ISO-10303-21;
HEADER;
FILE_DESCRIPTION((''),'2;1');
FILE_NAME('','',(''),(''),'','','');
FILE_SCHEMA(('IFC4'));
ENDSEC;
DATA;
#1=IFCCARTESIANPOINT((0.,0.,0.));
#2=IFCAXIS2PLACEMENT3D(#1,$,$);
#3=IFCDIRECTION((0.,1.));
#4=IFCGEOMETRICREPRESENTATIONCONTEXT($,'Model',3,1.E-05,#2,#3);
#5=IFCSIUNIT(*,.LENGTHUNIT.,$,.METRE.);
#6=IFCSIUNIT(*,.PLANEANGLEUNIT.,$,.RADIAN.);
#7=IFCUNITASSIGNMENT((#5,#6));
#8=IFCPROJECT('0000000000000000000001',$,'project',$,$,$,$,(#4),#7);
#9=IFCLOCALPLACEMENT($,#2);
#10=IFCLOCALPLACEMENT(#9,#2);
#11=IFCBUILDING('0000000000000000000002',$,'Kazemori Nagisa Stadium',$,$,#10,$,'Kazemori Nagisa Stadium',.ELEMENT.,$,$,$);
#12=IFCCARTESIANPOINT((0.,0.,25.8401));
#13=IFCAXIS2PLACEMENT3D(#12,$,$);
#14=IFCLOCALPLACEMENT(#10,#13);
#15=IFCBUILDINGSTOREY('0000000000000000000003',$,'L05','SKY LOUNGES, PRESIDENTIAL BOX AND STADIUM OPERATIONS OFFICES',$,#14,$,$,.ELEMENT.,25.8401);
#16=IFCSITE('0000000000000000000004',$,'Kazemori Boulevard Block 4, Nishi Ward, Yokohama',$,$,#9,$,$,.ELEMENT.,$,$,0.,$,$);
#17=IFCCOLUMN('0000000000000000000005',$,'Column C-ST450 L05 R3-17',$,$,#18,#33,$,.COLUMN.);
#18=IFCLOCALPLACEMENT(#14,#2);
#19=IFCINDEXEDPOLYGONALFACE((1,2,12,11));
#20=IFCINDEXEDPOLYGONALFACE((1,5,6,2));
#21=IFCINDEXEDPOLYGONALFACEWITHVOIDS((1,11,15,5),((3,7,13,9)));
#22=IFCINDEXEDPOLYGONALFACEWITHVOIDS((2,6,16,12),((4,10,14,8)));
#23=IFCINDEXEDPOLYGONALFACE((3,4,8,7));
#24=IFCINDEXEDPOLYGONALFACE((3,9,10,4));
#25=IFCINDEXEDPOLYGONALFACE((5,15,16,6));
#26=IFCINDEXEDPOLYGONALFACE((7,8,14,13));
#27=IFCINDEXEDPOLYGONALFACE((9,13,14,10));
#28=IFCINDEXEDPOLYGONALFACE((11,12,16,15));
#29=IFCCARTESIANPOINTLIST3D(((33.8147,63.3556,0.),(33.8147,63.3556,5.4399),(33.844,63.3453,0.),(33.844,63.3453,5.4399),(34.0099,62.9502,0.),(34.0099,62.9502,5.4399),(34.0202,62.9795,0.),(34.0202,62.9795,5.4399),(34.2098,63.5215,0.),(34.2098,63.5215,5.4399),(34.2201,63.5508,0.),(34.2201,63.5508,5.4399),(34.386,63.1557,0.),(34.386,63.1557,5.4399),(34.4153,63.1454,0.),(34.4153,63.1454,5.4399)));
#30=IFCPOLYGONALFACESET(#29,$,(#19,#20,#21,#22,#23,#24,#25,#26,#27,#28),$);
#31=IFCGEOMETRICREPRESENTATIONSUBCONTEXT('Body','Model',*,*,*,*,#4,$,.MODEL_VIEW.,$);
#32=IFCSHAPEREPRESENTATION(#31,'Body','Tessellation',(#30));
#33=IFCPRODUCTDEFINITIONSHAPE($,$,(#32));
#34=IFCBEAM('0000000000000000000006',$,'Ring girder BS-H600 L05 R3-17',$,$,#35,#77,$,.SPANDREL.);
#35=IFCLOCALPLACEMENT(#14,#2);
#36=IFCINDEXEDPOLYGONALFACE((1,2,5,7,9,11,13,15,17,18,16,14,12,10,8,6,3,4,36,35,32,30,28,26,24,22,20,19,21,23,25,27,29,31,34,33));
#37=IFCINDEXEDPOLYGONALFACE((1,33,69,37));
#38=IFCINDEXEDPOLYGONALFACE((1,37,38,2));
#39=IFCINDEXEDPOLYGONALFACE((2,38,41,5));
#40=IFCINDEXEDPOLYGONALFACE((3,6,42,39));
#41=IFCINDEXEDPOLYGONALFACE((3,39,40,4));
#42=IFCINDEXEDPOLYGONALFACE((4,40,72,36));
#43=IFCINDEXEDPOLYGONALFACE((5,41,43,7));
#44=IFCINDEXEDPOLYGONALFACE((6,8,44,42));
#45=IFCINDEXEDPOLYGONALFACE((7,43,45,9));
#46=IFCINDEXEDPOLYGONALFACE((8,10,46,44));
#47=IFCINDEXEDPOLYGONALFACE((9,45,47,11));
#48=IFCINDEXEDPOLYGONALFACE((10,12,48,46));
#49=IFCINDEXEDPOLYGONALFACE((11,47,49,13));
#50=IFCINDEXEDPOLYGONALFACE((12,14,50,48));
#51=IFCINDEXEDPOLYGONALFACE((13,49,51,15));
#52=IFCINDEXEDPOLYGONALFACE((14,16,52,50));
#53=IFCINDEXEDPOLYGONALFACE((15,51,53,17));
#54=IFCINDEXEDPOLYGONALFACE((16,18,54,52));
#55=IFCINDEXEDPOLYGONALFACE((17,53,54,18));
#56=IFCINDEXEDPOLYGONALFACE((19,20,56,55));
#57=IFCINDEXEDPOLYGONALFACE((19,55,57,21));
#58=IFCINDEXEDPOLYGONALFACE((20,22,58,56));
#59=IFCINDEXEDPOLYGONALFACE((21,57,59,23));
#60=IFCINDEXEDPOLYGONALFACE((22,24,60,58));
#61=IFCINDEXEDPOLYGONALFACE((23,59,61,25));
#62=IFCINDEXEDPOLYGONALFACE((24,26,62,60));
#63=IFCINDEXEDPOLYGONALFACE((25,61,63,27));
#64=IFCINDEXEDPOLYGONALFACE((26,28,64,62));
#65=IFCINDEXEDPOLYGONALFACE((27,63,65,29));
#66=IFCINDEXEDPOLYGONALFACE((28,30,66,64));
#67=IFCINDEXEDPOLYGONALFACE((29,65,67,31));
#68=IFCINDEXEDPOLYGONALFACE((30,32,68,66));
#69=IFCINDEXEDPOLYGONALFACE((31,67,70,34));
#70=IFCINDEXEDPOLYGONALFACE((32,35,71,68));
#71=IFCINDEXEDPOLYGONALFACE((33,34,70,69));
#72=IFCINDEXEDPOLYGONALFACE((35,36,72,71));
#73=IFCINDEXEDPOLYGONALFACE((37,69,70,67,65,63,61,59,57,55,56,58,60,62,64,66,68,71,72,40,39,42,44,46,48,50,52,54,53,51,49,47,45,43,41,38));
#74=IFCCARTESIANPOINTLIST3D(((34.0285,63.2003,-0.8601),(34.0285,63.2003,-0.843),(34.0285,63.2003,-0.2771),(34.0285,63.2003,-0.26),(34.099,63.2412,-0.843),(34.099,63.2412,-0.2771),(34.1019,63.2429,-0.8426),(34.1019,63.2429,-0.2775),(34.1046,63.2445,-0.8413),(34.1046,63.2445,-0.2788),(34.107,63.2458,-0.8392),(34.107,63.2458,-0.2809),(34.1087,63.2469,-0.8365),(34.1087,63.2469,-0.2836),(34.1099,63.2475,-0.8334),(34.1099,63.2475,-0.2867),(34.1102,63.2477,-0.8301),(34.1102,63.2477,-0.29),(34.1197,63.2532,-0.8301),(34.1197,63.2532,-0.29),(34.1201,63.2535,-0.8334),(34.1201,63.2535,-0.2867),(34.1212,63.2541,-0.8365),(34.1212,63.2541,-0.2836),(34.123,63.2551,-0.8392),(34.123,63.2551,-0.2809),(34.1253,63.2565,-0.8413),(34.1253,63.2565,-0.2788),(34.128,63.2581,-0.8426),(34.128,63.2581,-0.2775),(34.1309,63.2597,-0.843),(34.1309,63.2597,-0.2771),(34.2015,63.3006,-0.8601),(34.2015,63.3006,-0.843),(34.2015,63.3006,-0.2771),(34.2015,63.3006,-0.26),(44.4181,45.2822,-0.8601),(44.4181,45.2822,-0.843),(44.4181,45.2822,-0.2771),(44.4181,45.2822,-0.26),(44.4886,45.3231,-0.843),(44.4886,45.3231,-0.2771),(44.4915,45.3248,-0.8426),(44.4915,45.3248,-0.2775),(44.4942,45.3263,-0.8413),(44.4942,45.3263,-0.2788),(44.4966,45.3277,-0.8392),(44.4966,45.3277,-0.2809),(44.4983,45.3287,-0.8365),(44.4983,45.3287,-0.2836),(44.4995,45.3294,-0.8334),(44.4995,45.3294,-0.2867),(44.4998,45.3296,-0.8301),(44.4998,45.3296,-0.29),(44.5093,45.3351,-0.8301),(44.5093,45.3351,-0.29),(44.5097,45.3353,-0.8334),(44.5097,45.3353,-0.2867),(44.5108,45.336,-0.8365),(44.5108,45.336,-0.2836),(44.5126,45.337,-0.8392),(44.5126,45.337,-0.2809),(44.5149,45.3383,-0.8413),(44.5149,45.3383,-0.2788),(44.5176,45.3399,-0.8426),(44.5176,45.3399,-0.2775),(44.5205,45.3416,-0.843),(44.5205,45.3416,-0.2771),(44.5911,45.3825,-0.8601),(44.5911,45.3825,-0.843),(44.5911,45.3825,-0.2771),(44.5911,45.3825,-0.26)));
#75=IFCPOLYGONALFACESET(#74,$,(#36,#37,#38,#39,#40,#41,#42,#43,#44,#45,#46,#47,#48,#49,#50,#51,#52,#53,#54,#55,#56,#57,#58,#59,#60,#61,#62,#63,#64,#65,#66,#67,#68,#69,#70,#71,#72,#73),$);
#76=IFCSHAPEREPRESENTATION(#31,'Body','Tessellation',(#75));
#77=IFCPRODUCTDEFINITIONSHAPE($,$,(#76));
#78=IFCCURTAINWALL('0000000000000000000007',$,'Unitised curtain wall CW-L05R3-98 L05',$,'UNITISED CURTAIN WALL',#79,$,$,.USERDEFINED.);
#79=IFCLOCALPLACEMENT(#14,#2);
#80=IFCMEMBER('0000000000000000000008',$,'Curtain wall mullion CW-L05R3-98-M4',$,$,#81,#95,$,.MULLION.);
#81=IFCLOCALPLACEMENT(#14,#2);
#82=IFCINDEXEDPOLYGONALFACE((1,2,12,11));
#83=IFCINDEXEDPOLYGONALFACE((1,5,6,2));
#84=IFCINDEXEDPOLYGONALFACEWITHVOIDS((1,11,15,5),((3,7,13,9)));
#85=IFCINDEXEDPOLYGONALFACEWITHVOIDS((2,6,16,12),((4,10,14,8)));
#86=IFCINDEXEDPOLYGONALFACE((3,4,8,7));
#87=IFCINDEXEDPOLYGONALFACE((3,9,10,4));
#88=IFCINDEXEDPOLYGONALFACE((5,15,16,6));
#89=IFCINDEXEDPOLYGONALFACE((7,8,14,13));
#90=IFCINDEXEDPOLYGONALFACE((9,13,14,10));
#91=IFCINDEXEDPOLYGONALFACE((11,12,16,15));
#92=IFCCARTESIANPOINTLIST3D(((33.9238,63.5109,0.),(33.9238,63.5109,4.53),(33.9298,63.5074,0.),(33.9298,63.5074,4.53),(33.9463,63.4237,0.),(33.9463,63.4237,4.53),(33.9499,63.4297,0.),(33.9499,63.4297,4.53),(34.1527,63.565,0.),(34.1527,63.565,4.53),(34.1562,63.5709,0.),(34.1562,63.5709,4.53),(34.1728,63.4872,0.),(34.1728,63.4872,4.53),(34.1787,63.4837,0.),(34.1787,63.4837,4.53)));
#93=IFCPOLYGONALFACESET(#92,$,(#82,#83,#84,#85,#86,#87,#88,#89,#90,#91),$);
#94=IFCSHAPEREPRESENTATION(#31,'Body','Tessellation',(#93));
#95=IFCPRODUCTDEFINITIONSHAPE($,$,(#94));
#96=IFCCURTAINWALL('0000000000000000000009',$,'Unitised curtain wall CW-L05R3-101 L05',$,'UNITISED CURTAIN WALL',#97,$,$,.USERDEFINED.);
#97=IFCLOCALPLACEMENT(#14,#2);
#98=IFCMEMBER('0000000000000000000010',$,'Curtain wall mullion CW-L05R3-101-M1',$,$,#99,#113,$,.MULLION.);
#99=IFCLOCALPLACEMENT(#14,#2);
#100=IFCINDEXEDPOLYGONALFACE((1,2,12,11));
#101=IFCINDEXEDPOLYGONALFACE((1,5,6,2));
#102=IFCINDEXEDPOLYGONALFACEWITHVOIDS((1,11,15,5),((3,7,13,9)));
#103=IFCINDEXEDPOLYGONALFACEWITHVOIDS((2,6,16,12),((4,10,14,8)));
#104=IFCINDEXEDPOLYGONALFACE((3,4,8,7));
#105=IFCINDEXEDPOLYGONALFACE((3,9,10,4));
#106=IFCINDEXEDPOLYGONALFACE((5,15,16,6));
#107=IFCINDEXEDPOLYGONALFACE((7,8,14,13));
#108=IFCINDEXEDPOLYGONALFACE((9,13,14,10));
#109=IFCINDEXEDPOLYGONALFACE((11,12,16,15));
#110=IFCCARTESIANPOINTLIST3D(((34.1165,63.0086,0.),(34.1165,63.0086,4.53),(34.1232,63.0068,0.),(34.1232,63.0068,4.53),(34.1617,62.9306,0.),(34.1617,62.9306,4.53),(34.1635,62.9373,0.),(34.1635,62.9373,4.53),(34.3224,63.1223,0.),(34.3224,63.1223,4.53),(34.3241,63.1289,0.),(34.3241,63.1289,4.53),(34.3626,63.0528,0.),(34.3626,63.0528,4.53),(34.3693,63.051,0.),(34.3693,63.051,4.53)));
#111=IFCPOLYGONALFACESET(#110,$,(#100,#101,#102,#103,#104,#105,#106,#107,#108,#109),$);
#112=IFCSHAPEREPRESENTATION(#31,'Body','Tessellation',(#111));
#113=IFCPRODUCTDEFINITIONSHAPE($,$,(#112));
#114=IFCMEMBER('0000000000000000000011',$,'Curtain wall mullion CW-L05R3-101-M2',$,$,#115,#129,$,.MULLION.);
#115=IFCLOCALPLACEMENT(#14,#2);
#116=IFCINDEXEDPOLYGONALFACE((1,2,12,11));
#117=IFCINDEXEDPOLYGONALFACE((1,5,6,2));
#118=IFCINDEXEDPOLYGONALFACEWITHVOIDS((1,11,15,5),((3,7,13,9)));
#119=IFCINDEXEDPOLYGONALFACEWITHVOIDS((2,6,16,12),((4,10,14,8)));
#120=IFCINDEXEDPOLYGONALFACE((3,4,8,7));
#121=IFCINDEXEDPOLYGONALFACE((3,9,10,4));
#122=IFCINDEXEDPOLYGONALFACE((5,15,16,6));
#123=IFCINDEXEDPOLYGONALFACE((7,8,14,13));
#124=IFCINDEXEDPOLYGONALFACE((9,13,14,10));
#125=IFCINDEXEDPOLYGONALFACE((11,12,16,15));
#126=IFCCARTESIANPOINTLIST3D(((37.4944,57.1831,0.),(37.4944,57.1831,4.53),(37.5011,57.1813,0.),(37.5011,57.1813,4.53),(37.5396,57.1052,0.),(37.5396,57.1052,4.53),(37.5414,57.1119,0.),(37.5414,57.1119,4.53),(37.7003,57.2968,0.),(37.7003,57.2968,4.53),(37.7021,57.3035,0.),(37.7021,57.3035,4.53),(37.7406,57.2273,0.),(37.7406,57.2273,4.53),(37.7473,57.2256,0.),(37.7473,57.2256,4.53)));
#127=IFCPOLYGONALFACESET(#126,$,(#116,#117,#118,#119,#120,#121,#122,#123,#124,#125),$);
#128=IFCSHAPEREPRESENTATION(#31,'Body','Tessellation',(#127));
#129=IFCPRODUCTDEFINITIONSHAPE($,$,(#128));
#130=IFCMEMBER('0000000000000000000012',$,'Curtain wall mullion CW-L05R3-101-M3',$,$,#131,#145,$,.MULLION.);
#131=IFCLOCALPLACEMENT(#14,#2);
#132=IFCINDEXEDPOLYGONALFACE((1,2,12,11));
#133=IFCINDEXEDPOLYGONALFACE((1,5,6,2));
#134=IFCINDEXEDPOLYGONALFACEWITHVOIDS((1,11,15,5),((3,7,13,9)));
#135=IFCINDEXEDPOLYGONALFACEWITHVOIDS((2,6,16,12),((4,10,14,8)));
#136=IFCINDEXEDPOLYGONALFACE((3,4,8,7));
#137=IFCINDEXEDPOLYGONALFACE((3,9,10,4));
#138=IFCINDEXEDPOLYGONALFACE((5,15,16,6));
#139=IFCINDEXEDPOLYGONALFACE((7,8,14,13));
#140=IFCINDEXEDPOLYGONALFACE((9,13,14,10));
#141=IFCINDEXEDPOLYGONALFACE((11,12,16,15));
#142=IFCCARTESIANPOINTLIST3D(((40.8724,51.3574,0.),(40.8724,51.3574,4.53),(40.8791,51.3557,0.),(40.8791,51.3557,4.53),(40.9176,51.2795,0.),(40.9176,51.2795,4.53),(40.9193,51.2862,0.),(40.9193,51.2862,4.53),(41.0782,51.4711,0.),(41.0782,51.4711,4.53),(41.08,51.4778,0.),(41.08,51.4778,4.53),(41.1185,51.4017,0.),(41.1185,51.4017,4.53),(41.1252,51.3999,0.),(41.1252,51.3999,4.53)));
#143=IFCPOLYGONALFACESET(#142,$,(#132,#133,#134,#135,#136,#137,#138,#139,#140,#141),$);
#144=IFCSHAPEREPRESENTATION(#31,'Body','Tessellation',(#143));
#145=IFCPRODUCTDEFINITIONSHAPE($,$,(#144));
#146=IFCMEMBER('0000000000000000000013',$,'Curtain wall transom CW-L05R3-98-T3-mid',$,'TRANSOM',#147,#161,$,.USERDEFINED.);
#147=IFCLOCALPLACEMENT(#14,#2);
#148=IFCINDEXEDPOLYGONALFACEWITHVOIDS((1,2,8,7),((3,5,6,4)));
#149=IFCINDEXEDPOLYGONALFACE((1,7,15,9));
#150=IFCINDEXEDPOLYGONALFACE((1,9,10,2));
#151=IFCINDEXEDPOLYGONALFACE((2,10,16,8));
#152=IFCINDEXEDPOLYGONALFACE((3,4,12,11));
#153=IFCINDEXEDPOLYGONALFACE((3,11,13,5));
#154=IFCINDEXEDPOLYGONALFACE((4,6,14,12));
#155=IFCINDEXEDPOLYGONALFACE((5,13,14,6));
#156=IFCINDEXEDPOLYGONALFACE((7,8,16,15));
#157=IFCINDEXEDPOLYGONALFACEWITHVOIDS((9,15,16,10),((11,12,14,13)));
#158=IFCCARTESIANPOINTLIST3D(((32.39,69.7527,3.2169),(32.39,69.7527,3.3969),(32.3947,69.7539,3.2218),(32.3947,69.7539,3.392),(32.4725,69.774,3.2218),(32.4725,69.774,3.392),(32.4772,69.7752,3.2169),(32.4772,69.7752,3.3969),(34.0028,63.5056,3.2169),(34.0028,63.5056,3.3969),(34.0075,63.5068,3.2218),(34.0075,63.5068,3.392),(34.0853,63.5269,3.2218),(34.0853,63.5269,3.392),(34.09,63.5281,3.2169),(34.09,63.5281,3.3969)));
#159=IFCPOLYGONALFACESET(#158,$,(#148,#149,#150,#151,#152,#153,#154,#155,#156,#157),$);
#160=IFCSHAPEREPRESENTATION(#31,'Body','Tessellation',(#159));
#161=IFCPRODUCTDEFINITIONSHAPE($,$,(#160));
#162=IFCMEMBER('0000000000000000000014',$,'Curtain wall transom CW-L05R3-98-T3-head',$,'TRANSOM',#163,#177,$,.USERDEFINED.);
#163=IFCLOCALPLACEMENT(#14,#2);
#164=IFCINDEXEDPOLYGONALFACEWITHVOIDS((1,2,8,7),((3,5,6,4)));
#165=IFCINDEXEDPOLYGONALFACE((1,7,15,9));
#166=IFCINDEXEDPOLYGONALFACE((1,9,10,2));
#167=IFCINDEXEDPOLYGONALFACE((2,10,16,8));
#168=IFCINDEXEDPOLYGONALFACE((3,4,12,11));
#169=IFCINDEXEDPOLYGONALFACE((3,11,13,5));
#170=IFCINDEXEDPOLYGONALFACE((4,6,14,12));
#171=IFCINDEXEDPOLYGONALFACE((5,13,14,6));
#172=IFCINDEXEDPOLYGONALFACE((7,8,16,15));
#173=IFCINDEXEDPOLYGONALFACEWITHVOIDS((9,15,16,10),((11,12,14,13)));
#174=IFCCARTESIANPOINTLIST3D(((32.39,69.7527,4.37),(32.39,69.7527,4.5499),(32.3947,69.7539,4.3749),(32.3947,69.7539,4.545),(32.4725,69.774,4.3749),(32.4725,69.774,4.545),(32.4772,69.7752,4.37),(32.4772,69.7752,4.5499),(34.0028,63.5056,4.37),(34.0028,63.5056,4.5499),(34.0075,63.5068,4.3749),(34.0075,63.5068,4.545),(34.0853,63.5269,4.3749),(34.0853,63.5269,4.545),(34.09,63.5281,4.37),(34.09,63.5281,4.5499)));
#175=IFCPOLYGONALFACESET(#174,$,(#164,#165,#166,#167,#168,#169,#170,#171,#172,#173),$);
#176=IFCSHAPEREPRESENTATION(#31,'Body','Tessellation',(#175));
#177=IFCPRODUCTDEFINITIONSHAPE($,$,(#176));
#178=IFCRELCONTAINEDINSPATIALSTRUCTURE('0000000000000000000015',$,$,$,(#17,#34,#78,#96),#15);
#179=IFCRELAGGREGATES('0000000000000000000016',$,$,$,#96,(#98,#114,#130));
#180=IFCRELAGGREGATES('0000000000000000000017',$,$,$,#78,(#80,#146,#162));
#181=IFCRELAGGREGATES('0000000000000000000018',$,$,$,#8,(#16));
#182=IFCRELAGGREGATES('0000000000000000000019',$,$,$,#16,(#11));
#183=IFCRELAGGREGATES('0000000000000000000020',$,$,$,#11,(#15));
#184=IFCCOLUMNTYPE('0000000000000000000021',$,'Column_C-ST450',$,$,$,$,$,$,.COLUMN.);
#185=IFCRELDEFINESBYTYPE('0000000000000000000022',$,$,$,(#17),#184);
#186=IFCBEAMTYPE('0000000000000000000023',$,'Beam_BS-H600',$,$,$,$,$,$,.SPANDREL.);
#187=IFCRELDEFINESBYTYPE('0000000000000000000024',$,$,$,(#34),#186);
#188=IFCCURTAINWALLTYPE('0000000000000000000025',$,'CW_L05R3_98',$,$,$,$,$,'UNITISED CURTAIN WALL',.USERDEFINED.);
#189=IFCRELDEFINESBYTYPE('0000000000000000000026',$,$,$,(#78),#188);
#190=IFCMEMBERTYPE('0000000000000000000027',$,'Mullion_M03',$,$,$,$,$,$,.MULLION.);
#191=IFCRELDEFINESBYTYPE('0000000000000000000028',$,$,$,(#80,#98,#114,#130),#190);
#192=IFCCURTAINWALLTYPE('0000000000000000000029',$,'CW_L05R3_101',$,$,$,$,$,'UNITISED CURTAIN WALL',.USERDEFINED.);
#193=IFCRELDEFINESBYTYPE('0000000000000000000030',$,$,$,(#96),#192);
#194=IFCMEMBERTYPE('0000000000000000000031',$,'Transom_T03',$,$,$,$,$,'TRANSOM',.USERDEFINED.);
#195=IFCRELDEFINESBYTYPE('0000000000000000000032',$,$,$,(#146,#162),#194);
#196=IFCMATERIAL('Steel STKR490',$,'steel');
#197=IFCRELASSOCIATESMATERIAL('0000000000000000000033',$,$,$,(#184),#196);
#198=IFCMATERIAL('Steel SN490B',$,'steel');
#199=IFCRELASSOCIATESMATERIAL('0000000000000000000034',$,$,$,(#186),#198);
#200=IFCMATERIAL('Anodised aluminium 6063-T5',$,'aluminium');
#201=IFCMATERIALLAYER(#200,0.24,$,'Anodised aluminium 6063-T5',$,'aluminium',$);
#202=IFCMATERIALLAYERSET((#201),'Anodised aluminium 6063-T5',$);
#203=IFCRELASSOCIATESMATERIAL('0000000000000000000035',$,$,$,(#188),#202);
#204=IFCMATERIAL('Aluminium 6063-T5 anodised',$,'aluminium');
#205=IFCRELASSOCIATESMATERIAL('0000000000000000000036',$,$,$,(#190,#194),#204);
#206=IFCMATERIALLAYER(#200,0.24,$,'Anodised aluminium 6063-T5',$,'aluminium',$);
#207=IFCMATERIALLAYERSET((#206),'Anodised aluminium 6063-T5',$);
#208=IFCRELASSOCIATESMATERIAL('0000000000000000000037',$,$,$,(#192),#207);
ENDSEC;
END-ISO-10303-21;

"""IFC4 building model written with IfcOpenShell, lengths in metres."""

from ifc_helpers import new_model, si_unit, direction, frame, origin, origin_2d, place, context, subcontext, project, spatial, hollow_rectangle, i_section, extrude, material, layer, layer_set, material_profile, profile_set, type_object, element, aggregate, save


model = new_model("IFC4")

# Units and contexts
model_context = context("Model", 3, precision=1e-05, world=origin(), true_north=direction((0.0, 1.0)))
body_context = subcontext(model_context, "Body", "Model", "MODEL_VIEW")
ifc_project = project(units=[si_unit("LENGTHUNIT", "METRE"), si_unit("PLANEANGLEUNIT", "RADIAN")], contexts=[model_context])

# Site, building, storey
site_placement = place(None, origin())
site = spatial("IfcSite", under=ifc_project, at=site_placement, Name="Kazemori Boulevard Block 4, Nishi Ward, Yokohama", CompositionType="ELEMENT", RefElevation=0.0)
building_placement = place(site_placement, origin())
building = spatial("IfcBuilding", under=site, at=building_placement, Name="Kazemori Nagisa Stadium", LongName="Kazemori Nagisa Stadium", CompositionType="ELEMENT")
storey_placement = place(building_placement, frame((0.0, 0.0, 25.8401)))
storey = spatial("IfcBuildingStorey", under=building, at=storey_placement, Name="L05", Description="SKY LOUNGES, PRESIDENTIAL BOX AND STADIUM OPERATIONS OFFICES", CompositionType="ELEMENT", Elevation=25.8401)

# Column
ifc_material_1 = material(Name="Steel STKR490", Category="steel")
ifc_material_profile_1 = material_profile(ifc_material_1, hollow_rectangle(XDim=0.45, YDim=0.45, WallThickness=0.022, at=origin_2d()), Name="SHS-450x450x22")
ifc_profile_set_1 = profile_set([ifc_material_profile_1], Name="Steel STKR490")
column_type = type_object("IfcColumnType", Name="Column_C-ST450", PredefinedType="COLUMN", material=ifc_profile_set_1)
column_placement = place(storey_placement, frame((34.115, 63.2505, 0.0), z_axis=(0.0, 0.0, 1.0), x_axis=(-0.900969, -0.433884, 0.0)))
element("IfcColumn", 1, at=column_placement, inside=storey, type_object=column_type, Name="Column C-ST450 L05 R3-17", PredefinedType="COLUMN", context=body_context, shape_type="SweptSolid", body=[
    extrude(hollow_rectangle(XDim=0.45, YDim=0.45, WallThickness=0.022, at=origin_2d()), origin(), (0.0, 0.0, 1.0), 5.4399),
])

# Beam
ifc_material_2 = material(Name="Steel SN490B", Category="steel")
ifc_material_profile_2 = material_profile(ifc_material_2, i_section(OverallWidth=0.2, OverallDepth=0.6001, WebThickness=0.011, FlangeThickness=0.0171, FilletRadius=0.0129, at=origin_2d()), Name="H-600x200x11x17")
ifc_profile_set_2 = profile_set([ifc_material_profile_2], Name="Steel SN490B")
beam_type = type_object("IfcBeamType", Name="Beam_BS-H600", PredefinedType="SPANDREL", material=ifc_profile_set_2)
beam_placement = place(storey_placement, frame((34.115, 63.2505, -0.5601), z_axis=(0.501613, -0.865092, 0.0), x_axis=(0.865092, 0.501613, 0.0)))
element("IfcBeam", 2, at=beam_placement, inside=storey, type_object=beam_type, Name="Ring girder BS-H600 L05 R3-17", PredefinedType="SPANDREL", context=body_context, shape_type="SweptSolid", body=[
    extrude(i_section(OverallWidth=0.2, OverallDepth=0.6001, WebThickness=0.011, FlangeThickness=0.0171, FilletRadius=0.0129, at=origin_2d()), origin(), (0.0, 0.0, 1.0), 20.7124),
])

# Curtain wall, member
ifc_material_3 = material(Name="Anodised aluminium 6063-T5", Category="aluminium")
ifc_layer_1 = layer(ifc_material_3, 0.24, Name="Anodised aluminium 6063-T5", Category="aluminium")
ifc_layer_set_1 = layer_set([ifc_layer_1], Name="Anodised aluminium 6063-T5")
curtain_wall_type_1 = type_object("IfcCurtainWallType", Name="CW_L05R3_98", ElementType="UNITISED CURTAIN WALL", PredefinedType="USERDEFINED", material=ifc_layer_set_1)
curtain_wall_1_placement = place(storey_placement, origin())
curtain_wall_1 = element("IfcCurtainWall", 3, at=curtain_wall_1_placement, inside=storey, type_object=curtain_wall_type_1, Name="Unitised curtain wall CW-L05R3-98 L05", ObjectType="UNITISED CURTAIN WALL", PredefinedType="USERDEFINED")
ifc_material_4 = material(Name="Aluminium 6063-T5 anodised", Category="aluminium")
ifc_material_profile_3 = material_profile(ifc_material_4, hollow_rectangle(XDim=0.0901, YDim=0.24, WallThickness=0.0049, at=origin_2d()), Name="ALU-MULL-90x240x5")
ifc_profile_set_3 = profile_set([ifc_material_profile_3], Name="Aluminium 6063-T5 anodised")
member_type_1 = type_object("IfcMemberType", Name="Mullion_M03", PredefinedType="MULLION", material=ifc_profile_set_3)
member_1_placement = place(storey_placement, frame((34.0513, 63.4973, 0.0), z_axis=(0.0, 0.0, 1.0), x_axis=(0.249965, -0.968255, 0.0)))
member_1 = element("IfcMember", 4, at=member_1_placement, type_object=member_type_1, Name="Curtain wall mullion CW-L05R3-98-M4", PredefinedType="MULLION", context=body_context, shape_type="SweptSolid", body=[
    extrude(hollow_rectangle(XDim=0.0901, YDim=0.24, WallThickness=0.0049, at=origin_2d()), origin(), (0.0, 0.0, 1.0), 4.53),
])

# Curtain wall, members
ifc_layer_2 = layer(ifc_material_3, 0.24, Name="Anodised aluminium 6063-T5", Category="aluminium")
ifc_layer_set_2 = layer_set([ifc_layer_2], Name="Anodised aluminium 6063-T5")
curtain_wall_type_2 = type_object("IfcCurtainWallType", Name="CW_L05R3_101", ElementType="UNITISED CURTAIN WALL", PredefinedType="USERDEFINED", material=ifc_layer_set_2)
curtain_wall_2_placement = place(storey_placement, origin())
curtain_wall_2 = element("IfcCurtainWall", 5, at=curtain_wall_2_placement, inside=storey, type_object=curtain_wall_type_2, Name="Unitised curtain wall CW-L05R3-101 L05", ObjectType="UNITISED CURTAIN WALL", PredefinedType="USERDEFINED")
member_2_placement = place(storey_placement, frame((34.2429, 63.0298, 0.0), z_axis=(0.0, 0.0, 1.0), x_axis=(0.501612, -0.865093, 0.0)))
member_2 = element("IfcMember", 6, at=member_2_placement, type_object=member_type_1, Name="Curtain wall mullion CW-L05R3-101-M1", PredefinedType="MULLION", context=body_context, shape_type="SweptSolid", body=[
    extrude(hollow_rectangle(XDim=0.0901, YDim=0.24, WallThickness=0.0049, at=origin_2d()), origin(), (0.0, 0.0, 1.0), 4.53),
])
member_3_placement = place(storey_placement, frame((37.6208, 57.2043, 0.0), z_axis=(0.0, 0.0, 1.0), x_axis=(0.501612, -0.865093, 0.0)))
member_3 = element("IfcMember", 7, at=member_3_placement, type_object=member_type_1, Name="Curtain wall mullion CW-L05R3-101-M2", PredefinedType="MULLION", context=body_context, shape_type="SweptSolid", body=[
    extrude(hollow_rectangle(XDim=0.0901, YDim=0.24, WallThickness=0.0049, at=origin_2d()), origin(), (0.0, 0.0, 1.0), 4.53),
])
member_4_placement = place(storey_placement, frame((40.9988, 51.3787, 0.0), z_axis=(0.0, 0.0, 1.0), x_axis=(0.501612, -0.865093, 0.0)))
member_4 = element("IfcMember", 8, at=member_4_placement, type_object=member_type_1, Name="Curtain wall mullion CW-L05R3-101-M3", PredefinedType="MULLION", context=body_context, shape_type="SweptSolid", body=[
    extrude(hollow_rectangle(XDim=0.0901, YDim=0.24, WallThickness=0.0049, at=origin_2d()), origin(), (0.0, 0.0, 1.0), 4.53),
])

# Members
ifc_material_profile_4 = material_profile(ifc_material_4, hollow_rectangle(XDim=0.0901, YDim=0.1799, WallThickness=0.0049, at=origin_2d()), Name="ALU-TRAN-90x180x5")
ifc_profile_set_4 = profile_set([ifc_material_profile_4], Name="Aluminium 6063-T5 anodised")
member_type_2 = type_object("IfcMemberType", Name="Transom_T03", ElementType="TRANSOM", PredefinedType="USERDEFINED", material=ifc_profile_set_4)
member_5_placement = place(storey_placement, frame((32.4336, 69.7639, 3.3069), z_axis=(0.249972, -0.968253, 0.0), x_axis=(0.968253, 0.249972, 0.0)))
member_5 = element("IfcMember", 9, at=member_5_placement, type_object=member_type_2, Name="Curtain wall transom CW-L05R3-98-T3-mid", ObjectType="TRANSOM", PredefinedType="USERDEFINED", context=body_context, shape_type="SweptSolid", body=[
    extrude(hollow_rectangle(XDim=0.0901, YDim=0.1799, WallThickness=0.0049, at=origin_2d()), origin(), (0.0, 0.0, 1.0), 6.4519),
])
member_6_placement = place(storey_placement, frame((32.4336, 69.7639, 4.46), z_axis=(0.249972, -0.968253, 0.0), x_axis=(0.968253, 0.249972, 0.0)))
member_6 = element("IfcMember", 10, at=member_6_placement, type_object=member_type_2, Name="Curtain wall transom CW-L05R3-98-T3-head", ObjectType="TRANSOM", PredefinedType="USERDEFINED", context=body_context, shape_type="SweptSolid", body=[
    extrude(hollow_rectangle(XDim=0.0901, YDim=0.1799, WallThickness=0.0049, at=origin_2d()), origin(), (0.0, 0.0, 1.0), 6.4519),
])

aggregate(curtain_wall_2, [member_2, member_3, member_4])
aggregate(curtain_wall_1, [member_1, member_5, member_6])

save(model, "model.ifc")
